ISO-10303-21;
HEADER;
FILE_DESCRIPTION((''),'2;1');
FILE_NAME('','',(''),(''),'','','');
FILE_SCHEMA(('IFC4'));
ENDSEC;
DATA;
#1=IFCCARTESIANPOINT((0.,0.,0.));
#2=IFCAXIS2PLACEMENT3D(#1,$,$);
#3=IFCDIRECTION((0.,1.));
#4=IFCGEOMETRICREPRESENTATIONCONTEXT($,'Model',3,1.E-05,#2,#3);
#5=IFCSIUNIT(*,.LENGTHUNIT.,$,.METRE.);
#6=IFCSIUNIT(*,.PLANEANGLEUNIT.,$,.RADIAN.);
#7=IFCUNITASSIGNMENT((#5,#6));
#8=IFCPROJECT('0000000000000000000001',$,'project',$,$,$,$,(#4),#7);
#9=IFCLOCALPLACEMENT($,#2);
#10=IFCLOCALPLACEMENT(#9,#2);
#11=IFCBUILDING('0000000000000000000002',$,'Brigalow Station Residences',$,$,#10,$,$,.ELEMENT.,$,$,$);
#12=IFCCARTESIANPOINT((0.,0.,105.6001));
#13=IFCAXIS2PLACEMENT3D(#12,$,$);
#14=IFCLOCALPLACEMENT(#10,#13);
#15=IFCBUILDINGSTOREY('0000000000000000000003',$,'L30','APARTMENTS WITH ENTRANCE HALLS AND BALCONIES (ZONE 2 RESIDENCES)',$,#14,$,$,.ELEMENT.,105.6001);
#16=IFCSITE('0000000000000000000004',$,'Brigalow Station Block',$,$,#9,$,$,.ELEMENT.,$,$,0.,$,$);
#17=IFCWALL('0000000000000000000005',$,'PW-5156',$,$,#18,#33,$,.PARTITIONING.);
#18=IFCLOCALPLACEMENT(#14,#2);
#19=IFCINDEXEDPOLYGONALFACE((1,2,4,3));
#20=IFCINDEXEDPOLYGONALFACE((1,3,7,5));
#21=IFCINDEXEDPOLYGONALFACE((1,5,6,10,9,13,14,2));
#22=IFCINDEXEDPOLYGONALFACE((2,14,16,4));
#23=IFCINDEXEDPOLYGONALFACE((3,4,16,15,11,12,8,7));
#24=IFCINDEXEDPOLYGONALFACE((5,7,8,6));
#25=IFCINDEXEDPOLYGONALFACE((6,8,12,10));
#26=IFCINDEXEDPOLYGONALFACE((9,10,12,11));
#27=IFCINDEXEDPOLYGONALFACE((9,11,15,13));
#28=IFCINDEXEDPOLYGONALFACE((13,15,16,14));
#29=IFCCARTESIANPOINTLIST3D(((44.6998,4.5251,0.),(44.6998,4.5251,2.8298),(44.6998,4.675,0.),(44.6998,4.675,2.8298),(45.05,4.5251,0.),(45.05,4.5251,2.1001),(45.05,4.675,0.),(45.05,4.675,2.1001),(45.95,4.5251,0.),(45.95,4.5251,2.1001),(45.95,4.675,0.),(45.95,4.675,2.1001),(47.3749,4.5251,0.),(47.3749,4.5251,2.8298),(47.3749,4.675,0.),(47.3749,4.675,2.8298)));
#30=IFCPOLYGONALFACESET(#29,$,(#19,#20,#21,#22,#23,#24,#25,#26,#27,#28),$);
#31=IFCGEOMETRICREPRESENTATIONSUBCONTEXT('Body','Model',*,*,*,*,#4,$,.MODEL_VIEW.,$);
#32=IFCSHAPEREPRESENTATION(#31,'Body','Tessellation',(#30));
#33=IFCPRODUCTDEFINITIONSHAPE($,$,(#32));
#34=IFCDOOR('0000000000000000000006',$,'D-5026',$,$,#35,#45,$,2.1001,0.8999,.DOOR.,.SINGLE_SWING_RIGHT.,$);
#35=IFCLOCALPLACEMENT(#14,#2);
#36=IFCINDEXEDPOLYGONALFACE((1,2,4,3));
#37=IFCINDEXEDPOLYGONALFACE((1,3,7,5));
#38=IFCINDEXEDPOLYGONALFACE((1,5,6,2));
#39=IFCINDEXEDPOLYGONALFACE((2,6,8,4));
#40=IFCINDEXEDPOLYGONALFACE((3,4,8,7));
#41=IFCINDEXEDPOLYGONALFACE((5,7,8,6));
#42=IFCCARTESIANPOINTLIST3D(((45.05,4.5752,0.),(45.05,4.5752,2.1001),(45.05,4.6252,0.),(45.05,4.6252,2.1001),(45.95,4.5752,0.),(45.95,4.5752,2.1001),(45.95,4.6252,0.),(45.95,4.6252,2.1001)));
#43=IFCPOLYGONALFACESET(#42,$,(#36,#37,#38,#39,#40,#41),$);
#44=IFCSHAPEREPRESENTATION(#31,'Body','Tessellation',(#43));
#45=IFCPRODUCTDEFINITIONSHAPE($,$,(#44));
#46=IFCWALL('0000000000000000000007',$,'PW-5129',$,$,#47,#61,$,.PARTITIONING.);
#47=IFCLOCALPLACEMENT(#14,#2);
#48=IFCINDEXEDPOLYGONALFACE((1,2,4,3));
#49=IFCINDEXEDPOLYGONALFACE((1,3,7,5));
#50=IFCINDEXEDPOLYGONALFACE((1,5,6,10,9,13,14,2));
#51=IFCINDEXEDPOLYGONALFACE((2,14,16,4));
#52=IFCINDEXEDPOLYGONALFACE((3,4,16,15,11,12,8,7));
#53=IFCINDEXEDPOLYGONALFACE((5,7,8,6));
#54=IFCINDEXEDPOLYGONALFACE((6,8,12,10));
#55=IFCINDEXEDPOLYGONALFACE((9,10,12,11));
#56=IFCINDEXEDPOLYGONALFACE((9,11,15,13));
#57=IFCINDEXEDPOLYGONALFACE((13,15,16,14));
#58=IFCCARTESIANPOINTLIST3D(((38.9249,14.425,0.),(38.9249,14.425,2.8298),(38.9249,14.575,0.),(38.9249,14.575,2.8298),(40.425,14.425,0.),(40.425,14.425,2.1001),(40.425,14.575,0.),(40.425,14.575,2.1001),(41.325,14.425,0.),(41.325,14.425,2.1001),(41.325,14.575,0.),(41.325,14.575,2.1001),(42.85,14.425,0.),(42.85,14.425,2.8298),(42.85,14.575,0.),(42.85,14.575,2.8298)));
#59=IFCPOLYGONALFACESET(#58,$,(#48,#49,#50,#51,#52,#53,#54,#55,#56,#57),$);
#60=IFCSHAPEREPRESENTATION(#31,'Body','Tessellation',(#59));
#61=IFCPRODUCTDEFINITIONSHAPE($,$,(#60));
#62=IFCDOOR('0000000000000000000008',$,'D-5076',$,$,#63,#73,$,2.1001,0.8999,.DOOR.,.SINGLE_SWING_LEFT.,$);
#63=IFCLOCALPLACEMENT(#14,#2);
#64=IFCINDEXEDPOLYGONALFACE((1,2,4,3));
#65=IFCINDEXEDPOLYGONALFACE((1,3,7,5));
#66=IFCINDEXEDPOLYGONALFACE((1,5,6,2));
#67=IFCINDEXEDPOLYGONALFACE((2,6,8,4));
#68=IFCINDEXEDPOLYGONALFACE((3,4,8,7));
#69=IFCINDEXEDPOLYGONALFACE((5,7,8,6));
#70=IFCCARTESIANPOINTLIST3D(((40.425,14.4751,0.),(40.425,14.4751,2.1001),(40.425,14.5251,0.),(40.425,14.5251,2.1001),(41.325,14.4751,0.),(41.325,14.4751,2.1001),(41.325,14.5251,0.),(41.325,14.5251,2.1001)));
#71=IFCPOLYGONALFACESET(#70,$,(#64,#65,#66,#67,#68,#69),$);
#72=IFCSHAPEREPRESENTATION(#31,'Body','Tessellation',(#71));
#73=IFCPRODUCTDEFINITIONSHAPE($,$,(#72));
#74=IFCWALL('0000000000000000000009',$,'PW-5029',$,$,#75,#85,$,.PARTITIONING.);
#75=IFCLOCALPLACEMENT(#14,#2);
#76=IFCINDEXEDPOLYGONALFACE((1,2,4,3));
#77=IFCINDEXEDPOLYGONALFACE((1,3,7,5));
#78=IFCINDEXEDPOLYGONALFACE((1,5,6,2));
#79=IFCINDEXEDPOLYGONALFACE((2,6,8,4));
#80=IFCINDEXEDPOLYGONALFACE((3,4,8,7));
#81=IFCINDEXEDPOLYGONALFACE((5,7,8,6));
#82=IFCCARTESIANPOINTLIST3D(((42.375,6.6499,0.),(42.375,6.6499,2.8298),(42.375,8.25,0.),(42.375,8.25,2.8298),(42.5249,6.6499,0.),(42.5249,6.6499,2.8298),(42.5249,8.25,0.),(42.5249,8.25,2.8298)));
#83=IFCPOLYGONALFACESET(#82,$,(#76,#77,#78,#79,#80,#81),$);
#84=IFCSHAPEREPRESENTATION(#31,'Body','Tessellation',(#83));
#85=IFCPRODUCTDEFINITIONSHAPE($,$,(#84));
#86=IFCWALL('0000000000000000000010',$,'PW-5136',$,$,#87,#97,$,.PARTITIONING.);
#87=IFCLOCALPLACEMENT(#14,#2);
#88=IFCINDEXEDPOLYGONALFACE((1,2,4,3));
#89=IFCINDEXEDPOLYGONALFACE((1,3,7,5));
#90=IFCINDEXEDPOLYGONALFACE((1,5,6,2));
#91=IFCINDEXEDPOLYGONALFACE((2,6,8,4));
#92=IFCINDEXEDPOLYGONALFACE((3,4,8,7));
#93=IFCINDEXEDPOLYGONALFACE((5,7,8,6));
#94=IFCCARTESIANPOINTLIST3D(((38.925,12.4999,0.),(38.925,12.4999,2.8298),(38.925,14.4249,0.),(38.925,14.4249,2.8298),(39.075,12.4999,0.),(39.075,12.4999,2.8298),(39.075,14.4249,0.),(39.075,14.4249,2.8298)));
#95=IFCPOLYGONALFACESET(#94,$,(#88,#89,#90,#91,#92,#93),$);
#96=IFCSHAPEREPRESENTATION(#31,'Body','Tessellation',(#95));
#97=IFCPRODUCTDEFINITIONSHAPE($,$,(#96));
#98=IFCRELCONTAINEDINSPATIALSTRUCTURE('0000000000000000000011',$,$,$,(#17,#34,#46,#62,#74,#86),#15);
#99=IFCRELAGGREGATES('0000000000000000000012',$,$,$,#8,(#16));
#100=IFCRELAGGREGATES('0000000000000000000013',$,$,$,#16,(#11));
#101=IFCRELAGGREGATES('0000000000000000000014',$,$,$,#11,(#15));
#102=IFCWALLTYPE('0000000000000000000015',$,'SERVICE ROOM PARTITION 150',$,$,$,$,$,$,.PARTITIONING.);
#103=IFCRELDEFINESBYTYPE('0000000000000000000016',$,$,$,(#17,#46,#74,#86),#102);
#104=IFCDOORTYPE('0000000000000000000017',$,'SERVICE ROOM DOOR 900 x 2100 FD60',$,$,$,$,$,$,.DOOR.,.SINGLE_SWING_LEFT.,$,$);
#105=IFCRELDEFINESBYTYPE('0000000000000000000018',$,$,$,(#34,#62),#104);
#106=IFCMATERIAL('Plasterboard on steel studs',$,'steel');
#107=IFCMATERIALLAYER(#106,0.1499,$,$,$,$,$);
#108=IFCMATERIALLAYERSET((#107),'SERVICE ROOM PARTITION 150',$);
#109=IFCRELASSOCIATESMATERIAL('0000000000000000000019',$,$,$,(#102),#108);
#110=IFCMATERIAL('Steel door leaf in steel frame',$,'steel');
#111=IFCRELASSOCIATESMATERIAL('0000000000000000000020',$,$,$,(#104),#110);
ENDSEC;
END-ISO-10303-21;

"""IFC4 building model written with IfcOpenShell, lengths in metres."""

from ifc_helpers import new_model, si_unit, direction, frame, frame_2d, origin, place, context, subcontext, project, spatial, rectangle, extrude, material, layer, layer_set, type_object, element, fill, save


model = new_model("IFC4")

# Units and contexts
model_context = context("Model", 3, precision=1e-05, world=origin(), true_north=direction((0.0, 1.0)))
body_context = subcontext(model_context, "Body", "Model", "MODEL_VIEW")
ifc_project = project(units=[si_unit("LENGTHUNIT", "METRE"), si_unit("PLANEANGLEUNIT", "RADIAN")], contexts=[model_context])

# Site, building, storey
site_placement = place(None, origin())
site = spatial("IfcSite", under=ifc_project, at=site_placement, Name="Brigalow Station Block", CompositionType="ELEMENT", RefElevation=0.0)
building_placement = place(site_placement, origin())
building = spatial("IfcBuilding", under=site, at=building_placement, Name="Brigalow Station Residences", CompositionType="ELEMENT")
storey_placement = place(building_placement, frame((0.0, 0.0, 105.6001)))
storey = spatial("IfcBuildingStorey", under=building, at=storey_placement, Name="L30", Description="APARTMENTS WITH ENTRANCE HALLS AND BALCONIES (ZONE 2 RESIDENCES)", CompositionType="ELEMENT", Elevation=105.6001)

# Walls, openings, doors
ifc_material_1 = material(Name="Plasterboard on steel studs", Category="steel")
ifc_layer_1 = layer(ifc_material_1, 0.1499)
ifc_layer_set_1 = layer_set([ifc_layer_1], Name="SERVICE ROOM PARTITION 150")
wall_type_1 = type_object("IfcWallType", Name="SERVICE ROOM PARTITION 150", PredefinedType="PARTITIONING", material=ifc_layer_set_1)
wall_1_placement = place(storey_placement, frame((44.7, 4.6001, 0.0), z_axis=(0.0, 0.0, 1.0), x_axis=(1.0, 0.0, 0.0)))
wall_1 = element("IfcWall", 1, at=wall_1_placement, inside=storey, type_object=wall_type_1, Name="PW-5156", PredefinedType="PARTITIONING", context=body_context, shape_type="SweptSolid", body=[
    extrude(rectangle(XDim=2.675, YDim=0.1499, at=frame_2d((1.3374, 0.0))), origin(), (0.0, 0.0, 1.0), 2.8298),
])
opening_1_placement = place(wall_1_placement, frame((0.3501, 0.0, 0.0)))
opening_1 = element("IfcOpeningElement", 2, at=opening_1_placement, cuts=wall_1, PredefinedType="OPENING", context=body_context, shape_type="SweptSolid", body=[
    extrude(rectangle(XDim=0.8999, YDim=2.1001, at=frame_2d((0.45, 1.05))), frame((0.0, 0.085, 0.0), z_axis=(0.0, -1.0, 0.0), x_axis=(1.0, 0.0, 0.0)), (0.0, 0.0, 1.0), 0.1699),
])
ifc_material_2 = material(Name="Steel door leaf in steel frame", Category="steel")
door_type_1 = type_object("IfcDoorType", Name="SERVICE ROOM DOOR 900 x 2100 FD60", OperationType="SINGLE_SWING_LEFT", PredefinedType="DOOR", material=ifc_material_2)
door_1_placement = place(opening_1_placement, frame((0.8999, 0.0, 0.0), z_axis=(0.0, 0.0, 1.0), x_axis=(-1.0, 0.0, 0.0)))
door_1 = element("IfcDoor", 3, at=door_1_placement, inside=storey, type_object=door_type_1, Name="D-5026", OperationType="SINGLE_SWING_RIGHT", OverallHeight=2.1001, OverallWidth=0.8999, PredefinedType="DOOR", context=body_context, shape_type="SweptSolid", body=[
    extrude(rectangle(XDim=0.8999, YDim=2.1001, at=frame_2d((0.45, 1.05))), frame((0.0, 0.0249, 0.0), z_axis=(0.0, -1.0, 0.0), x_axis=(1.0, 0.0, 0.0)), (0.0, 0.0, 1.0), 0.05),
])
fill(opening_1, door_1)
wall_2_placement = place(storey_placement, frame((38.925, 14.5, 0.0), z_axis=(0.0, 0.0, 1.0), x_axis=(1.0, 0.0, 0.0)))
wall_2 = element("IfcWall", 4, at=wall_2_placement, inside=storey, type_object=wall_type_1, Name="PW-5129", PredefinedType="PARTITIONING", context=body_context, shape_type="SweptSolid", body=[
    extrude(rectangle(XDim=3.925, YDim=0.1499, at=frame_2d((1.9624, 0.0))), origin(), (0.0, 0.0, 1.0), 2.8298),
])
opening_2_placement = place(wall_2_placement, frame((1.5, 0.0, 0.0)))
opening_2 = element("IfcOpeningElement", 5, at=opening_2_placement, cuts=wall_2, PredefinedType="OPENING", context=body_context, shape_type="SweptSolid", body=[
    extrude(rectangle(XDim=0.8999, YDim=2.1001, at=frame_2d((0.45, 1.05))), frame((0.0, 0.085, 0.0), z_axis=(0.0, -1.0, 0.0), x_axis=(1.0, 0.0, 0.0)), (0.0, 0.0, 1.0), 0.1699),
])
door_2_placement = place(opening_2_placement, frame((0.8999, 0.0, 0.0), z_axis=(0.0, 0.0, 1.0), x_axis=(-1.0, 0.0, 0.0)))
door_2 = element("IfcDoor", 6, at=door_2_placement, inside=storey, type_object=door_type_1, Name="D-5076", OperationType="SINGLE_SWING_LEFT", OverallHeight=2.1001, OverallWidth=0.8999, PredefinedType="DOOR", context=body_context, shape_type="SweptSolid", body=[
    extrude(rectangle(XDim=0.8999, YDim=2.1001, at=frame_2d((0.45, 1.05))), frame((0.0, 0.0249, 0.0), z_axis=(0.0, -1.0, 0.0), x_axis=(1.0, 0.0, 0.0)), (0.0, 0.0, 1.0), 0.05),
])
fill(opening_2, door_2)

# Walls
wall_3_placement = place(storey_placement, frame((42.45, 6.6499, 0.0), z_axis=(0.0, 0.0, 1.0), x_axis=(0.0, 1.0, 0.0)))
element("IfcWall", 7, at=wall_3_placement, inside=storey, type_object=wall_type_1, Name="PW-5029", PredefinedType="PARTITIONING", context=body_context, shape_type="SweptSolid", body=[
    extrude(rectangle(XDim=1.6001, YDim=0.1499, at=frame_2d((0.8, 0.0))), origin(), (0.0, 0.0, 1.0), 2.8298),
])
wall_4_placement = place(storey_placement, frame((39.0, 12.5, 0.0), z_axis=(0.0, 0.0, 1.0), x_axis=(0.0, 1.0, 0.0)))
element("IfcWall", 8, at=wall_4_placement, inside=storey, type_object=wall_type_1, Name="PW-5136", PredefinedType="PARTITIONING", context=body_context, shape_type="SweptSolid", body=[
    extrude(rectangle(XDim=1.925, YDim=0.1499, at=frame_2d((0.9624, 0.0))), origin(), (0.0, 0.0, 1.0), 2.8298),
])

save(model, "model.ifc")
